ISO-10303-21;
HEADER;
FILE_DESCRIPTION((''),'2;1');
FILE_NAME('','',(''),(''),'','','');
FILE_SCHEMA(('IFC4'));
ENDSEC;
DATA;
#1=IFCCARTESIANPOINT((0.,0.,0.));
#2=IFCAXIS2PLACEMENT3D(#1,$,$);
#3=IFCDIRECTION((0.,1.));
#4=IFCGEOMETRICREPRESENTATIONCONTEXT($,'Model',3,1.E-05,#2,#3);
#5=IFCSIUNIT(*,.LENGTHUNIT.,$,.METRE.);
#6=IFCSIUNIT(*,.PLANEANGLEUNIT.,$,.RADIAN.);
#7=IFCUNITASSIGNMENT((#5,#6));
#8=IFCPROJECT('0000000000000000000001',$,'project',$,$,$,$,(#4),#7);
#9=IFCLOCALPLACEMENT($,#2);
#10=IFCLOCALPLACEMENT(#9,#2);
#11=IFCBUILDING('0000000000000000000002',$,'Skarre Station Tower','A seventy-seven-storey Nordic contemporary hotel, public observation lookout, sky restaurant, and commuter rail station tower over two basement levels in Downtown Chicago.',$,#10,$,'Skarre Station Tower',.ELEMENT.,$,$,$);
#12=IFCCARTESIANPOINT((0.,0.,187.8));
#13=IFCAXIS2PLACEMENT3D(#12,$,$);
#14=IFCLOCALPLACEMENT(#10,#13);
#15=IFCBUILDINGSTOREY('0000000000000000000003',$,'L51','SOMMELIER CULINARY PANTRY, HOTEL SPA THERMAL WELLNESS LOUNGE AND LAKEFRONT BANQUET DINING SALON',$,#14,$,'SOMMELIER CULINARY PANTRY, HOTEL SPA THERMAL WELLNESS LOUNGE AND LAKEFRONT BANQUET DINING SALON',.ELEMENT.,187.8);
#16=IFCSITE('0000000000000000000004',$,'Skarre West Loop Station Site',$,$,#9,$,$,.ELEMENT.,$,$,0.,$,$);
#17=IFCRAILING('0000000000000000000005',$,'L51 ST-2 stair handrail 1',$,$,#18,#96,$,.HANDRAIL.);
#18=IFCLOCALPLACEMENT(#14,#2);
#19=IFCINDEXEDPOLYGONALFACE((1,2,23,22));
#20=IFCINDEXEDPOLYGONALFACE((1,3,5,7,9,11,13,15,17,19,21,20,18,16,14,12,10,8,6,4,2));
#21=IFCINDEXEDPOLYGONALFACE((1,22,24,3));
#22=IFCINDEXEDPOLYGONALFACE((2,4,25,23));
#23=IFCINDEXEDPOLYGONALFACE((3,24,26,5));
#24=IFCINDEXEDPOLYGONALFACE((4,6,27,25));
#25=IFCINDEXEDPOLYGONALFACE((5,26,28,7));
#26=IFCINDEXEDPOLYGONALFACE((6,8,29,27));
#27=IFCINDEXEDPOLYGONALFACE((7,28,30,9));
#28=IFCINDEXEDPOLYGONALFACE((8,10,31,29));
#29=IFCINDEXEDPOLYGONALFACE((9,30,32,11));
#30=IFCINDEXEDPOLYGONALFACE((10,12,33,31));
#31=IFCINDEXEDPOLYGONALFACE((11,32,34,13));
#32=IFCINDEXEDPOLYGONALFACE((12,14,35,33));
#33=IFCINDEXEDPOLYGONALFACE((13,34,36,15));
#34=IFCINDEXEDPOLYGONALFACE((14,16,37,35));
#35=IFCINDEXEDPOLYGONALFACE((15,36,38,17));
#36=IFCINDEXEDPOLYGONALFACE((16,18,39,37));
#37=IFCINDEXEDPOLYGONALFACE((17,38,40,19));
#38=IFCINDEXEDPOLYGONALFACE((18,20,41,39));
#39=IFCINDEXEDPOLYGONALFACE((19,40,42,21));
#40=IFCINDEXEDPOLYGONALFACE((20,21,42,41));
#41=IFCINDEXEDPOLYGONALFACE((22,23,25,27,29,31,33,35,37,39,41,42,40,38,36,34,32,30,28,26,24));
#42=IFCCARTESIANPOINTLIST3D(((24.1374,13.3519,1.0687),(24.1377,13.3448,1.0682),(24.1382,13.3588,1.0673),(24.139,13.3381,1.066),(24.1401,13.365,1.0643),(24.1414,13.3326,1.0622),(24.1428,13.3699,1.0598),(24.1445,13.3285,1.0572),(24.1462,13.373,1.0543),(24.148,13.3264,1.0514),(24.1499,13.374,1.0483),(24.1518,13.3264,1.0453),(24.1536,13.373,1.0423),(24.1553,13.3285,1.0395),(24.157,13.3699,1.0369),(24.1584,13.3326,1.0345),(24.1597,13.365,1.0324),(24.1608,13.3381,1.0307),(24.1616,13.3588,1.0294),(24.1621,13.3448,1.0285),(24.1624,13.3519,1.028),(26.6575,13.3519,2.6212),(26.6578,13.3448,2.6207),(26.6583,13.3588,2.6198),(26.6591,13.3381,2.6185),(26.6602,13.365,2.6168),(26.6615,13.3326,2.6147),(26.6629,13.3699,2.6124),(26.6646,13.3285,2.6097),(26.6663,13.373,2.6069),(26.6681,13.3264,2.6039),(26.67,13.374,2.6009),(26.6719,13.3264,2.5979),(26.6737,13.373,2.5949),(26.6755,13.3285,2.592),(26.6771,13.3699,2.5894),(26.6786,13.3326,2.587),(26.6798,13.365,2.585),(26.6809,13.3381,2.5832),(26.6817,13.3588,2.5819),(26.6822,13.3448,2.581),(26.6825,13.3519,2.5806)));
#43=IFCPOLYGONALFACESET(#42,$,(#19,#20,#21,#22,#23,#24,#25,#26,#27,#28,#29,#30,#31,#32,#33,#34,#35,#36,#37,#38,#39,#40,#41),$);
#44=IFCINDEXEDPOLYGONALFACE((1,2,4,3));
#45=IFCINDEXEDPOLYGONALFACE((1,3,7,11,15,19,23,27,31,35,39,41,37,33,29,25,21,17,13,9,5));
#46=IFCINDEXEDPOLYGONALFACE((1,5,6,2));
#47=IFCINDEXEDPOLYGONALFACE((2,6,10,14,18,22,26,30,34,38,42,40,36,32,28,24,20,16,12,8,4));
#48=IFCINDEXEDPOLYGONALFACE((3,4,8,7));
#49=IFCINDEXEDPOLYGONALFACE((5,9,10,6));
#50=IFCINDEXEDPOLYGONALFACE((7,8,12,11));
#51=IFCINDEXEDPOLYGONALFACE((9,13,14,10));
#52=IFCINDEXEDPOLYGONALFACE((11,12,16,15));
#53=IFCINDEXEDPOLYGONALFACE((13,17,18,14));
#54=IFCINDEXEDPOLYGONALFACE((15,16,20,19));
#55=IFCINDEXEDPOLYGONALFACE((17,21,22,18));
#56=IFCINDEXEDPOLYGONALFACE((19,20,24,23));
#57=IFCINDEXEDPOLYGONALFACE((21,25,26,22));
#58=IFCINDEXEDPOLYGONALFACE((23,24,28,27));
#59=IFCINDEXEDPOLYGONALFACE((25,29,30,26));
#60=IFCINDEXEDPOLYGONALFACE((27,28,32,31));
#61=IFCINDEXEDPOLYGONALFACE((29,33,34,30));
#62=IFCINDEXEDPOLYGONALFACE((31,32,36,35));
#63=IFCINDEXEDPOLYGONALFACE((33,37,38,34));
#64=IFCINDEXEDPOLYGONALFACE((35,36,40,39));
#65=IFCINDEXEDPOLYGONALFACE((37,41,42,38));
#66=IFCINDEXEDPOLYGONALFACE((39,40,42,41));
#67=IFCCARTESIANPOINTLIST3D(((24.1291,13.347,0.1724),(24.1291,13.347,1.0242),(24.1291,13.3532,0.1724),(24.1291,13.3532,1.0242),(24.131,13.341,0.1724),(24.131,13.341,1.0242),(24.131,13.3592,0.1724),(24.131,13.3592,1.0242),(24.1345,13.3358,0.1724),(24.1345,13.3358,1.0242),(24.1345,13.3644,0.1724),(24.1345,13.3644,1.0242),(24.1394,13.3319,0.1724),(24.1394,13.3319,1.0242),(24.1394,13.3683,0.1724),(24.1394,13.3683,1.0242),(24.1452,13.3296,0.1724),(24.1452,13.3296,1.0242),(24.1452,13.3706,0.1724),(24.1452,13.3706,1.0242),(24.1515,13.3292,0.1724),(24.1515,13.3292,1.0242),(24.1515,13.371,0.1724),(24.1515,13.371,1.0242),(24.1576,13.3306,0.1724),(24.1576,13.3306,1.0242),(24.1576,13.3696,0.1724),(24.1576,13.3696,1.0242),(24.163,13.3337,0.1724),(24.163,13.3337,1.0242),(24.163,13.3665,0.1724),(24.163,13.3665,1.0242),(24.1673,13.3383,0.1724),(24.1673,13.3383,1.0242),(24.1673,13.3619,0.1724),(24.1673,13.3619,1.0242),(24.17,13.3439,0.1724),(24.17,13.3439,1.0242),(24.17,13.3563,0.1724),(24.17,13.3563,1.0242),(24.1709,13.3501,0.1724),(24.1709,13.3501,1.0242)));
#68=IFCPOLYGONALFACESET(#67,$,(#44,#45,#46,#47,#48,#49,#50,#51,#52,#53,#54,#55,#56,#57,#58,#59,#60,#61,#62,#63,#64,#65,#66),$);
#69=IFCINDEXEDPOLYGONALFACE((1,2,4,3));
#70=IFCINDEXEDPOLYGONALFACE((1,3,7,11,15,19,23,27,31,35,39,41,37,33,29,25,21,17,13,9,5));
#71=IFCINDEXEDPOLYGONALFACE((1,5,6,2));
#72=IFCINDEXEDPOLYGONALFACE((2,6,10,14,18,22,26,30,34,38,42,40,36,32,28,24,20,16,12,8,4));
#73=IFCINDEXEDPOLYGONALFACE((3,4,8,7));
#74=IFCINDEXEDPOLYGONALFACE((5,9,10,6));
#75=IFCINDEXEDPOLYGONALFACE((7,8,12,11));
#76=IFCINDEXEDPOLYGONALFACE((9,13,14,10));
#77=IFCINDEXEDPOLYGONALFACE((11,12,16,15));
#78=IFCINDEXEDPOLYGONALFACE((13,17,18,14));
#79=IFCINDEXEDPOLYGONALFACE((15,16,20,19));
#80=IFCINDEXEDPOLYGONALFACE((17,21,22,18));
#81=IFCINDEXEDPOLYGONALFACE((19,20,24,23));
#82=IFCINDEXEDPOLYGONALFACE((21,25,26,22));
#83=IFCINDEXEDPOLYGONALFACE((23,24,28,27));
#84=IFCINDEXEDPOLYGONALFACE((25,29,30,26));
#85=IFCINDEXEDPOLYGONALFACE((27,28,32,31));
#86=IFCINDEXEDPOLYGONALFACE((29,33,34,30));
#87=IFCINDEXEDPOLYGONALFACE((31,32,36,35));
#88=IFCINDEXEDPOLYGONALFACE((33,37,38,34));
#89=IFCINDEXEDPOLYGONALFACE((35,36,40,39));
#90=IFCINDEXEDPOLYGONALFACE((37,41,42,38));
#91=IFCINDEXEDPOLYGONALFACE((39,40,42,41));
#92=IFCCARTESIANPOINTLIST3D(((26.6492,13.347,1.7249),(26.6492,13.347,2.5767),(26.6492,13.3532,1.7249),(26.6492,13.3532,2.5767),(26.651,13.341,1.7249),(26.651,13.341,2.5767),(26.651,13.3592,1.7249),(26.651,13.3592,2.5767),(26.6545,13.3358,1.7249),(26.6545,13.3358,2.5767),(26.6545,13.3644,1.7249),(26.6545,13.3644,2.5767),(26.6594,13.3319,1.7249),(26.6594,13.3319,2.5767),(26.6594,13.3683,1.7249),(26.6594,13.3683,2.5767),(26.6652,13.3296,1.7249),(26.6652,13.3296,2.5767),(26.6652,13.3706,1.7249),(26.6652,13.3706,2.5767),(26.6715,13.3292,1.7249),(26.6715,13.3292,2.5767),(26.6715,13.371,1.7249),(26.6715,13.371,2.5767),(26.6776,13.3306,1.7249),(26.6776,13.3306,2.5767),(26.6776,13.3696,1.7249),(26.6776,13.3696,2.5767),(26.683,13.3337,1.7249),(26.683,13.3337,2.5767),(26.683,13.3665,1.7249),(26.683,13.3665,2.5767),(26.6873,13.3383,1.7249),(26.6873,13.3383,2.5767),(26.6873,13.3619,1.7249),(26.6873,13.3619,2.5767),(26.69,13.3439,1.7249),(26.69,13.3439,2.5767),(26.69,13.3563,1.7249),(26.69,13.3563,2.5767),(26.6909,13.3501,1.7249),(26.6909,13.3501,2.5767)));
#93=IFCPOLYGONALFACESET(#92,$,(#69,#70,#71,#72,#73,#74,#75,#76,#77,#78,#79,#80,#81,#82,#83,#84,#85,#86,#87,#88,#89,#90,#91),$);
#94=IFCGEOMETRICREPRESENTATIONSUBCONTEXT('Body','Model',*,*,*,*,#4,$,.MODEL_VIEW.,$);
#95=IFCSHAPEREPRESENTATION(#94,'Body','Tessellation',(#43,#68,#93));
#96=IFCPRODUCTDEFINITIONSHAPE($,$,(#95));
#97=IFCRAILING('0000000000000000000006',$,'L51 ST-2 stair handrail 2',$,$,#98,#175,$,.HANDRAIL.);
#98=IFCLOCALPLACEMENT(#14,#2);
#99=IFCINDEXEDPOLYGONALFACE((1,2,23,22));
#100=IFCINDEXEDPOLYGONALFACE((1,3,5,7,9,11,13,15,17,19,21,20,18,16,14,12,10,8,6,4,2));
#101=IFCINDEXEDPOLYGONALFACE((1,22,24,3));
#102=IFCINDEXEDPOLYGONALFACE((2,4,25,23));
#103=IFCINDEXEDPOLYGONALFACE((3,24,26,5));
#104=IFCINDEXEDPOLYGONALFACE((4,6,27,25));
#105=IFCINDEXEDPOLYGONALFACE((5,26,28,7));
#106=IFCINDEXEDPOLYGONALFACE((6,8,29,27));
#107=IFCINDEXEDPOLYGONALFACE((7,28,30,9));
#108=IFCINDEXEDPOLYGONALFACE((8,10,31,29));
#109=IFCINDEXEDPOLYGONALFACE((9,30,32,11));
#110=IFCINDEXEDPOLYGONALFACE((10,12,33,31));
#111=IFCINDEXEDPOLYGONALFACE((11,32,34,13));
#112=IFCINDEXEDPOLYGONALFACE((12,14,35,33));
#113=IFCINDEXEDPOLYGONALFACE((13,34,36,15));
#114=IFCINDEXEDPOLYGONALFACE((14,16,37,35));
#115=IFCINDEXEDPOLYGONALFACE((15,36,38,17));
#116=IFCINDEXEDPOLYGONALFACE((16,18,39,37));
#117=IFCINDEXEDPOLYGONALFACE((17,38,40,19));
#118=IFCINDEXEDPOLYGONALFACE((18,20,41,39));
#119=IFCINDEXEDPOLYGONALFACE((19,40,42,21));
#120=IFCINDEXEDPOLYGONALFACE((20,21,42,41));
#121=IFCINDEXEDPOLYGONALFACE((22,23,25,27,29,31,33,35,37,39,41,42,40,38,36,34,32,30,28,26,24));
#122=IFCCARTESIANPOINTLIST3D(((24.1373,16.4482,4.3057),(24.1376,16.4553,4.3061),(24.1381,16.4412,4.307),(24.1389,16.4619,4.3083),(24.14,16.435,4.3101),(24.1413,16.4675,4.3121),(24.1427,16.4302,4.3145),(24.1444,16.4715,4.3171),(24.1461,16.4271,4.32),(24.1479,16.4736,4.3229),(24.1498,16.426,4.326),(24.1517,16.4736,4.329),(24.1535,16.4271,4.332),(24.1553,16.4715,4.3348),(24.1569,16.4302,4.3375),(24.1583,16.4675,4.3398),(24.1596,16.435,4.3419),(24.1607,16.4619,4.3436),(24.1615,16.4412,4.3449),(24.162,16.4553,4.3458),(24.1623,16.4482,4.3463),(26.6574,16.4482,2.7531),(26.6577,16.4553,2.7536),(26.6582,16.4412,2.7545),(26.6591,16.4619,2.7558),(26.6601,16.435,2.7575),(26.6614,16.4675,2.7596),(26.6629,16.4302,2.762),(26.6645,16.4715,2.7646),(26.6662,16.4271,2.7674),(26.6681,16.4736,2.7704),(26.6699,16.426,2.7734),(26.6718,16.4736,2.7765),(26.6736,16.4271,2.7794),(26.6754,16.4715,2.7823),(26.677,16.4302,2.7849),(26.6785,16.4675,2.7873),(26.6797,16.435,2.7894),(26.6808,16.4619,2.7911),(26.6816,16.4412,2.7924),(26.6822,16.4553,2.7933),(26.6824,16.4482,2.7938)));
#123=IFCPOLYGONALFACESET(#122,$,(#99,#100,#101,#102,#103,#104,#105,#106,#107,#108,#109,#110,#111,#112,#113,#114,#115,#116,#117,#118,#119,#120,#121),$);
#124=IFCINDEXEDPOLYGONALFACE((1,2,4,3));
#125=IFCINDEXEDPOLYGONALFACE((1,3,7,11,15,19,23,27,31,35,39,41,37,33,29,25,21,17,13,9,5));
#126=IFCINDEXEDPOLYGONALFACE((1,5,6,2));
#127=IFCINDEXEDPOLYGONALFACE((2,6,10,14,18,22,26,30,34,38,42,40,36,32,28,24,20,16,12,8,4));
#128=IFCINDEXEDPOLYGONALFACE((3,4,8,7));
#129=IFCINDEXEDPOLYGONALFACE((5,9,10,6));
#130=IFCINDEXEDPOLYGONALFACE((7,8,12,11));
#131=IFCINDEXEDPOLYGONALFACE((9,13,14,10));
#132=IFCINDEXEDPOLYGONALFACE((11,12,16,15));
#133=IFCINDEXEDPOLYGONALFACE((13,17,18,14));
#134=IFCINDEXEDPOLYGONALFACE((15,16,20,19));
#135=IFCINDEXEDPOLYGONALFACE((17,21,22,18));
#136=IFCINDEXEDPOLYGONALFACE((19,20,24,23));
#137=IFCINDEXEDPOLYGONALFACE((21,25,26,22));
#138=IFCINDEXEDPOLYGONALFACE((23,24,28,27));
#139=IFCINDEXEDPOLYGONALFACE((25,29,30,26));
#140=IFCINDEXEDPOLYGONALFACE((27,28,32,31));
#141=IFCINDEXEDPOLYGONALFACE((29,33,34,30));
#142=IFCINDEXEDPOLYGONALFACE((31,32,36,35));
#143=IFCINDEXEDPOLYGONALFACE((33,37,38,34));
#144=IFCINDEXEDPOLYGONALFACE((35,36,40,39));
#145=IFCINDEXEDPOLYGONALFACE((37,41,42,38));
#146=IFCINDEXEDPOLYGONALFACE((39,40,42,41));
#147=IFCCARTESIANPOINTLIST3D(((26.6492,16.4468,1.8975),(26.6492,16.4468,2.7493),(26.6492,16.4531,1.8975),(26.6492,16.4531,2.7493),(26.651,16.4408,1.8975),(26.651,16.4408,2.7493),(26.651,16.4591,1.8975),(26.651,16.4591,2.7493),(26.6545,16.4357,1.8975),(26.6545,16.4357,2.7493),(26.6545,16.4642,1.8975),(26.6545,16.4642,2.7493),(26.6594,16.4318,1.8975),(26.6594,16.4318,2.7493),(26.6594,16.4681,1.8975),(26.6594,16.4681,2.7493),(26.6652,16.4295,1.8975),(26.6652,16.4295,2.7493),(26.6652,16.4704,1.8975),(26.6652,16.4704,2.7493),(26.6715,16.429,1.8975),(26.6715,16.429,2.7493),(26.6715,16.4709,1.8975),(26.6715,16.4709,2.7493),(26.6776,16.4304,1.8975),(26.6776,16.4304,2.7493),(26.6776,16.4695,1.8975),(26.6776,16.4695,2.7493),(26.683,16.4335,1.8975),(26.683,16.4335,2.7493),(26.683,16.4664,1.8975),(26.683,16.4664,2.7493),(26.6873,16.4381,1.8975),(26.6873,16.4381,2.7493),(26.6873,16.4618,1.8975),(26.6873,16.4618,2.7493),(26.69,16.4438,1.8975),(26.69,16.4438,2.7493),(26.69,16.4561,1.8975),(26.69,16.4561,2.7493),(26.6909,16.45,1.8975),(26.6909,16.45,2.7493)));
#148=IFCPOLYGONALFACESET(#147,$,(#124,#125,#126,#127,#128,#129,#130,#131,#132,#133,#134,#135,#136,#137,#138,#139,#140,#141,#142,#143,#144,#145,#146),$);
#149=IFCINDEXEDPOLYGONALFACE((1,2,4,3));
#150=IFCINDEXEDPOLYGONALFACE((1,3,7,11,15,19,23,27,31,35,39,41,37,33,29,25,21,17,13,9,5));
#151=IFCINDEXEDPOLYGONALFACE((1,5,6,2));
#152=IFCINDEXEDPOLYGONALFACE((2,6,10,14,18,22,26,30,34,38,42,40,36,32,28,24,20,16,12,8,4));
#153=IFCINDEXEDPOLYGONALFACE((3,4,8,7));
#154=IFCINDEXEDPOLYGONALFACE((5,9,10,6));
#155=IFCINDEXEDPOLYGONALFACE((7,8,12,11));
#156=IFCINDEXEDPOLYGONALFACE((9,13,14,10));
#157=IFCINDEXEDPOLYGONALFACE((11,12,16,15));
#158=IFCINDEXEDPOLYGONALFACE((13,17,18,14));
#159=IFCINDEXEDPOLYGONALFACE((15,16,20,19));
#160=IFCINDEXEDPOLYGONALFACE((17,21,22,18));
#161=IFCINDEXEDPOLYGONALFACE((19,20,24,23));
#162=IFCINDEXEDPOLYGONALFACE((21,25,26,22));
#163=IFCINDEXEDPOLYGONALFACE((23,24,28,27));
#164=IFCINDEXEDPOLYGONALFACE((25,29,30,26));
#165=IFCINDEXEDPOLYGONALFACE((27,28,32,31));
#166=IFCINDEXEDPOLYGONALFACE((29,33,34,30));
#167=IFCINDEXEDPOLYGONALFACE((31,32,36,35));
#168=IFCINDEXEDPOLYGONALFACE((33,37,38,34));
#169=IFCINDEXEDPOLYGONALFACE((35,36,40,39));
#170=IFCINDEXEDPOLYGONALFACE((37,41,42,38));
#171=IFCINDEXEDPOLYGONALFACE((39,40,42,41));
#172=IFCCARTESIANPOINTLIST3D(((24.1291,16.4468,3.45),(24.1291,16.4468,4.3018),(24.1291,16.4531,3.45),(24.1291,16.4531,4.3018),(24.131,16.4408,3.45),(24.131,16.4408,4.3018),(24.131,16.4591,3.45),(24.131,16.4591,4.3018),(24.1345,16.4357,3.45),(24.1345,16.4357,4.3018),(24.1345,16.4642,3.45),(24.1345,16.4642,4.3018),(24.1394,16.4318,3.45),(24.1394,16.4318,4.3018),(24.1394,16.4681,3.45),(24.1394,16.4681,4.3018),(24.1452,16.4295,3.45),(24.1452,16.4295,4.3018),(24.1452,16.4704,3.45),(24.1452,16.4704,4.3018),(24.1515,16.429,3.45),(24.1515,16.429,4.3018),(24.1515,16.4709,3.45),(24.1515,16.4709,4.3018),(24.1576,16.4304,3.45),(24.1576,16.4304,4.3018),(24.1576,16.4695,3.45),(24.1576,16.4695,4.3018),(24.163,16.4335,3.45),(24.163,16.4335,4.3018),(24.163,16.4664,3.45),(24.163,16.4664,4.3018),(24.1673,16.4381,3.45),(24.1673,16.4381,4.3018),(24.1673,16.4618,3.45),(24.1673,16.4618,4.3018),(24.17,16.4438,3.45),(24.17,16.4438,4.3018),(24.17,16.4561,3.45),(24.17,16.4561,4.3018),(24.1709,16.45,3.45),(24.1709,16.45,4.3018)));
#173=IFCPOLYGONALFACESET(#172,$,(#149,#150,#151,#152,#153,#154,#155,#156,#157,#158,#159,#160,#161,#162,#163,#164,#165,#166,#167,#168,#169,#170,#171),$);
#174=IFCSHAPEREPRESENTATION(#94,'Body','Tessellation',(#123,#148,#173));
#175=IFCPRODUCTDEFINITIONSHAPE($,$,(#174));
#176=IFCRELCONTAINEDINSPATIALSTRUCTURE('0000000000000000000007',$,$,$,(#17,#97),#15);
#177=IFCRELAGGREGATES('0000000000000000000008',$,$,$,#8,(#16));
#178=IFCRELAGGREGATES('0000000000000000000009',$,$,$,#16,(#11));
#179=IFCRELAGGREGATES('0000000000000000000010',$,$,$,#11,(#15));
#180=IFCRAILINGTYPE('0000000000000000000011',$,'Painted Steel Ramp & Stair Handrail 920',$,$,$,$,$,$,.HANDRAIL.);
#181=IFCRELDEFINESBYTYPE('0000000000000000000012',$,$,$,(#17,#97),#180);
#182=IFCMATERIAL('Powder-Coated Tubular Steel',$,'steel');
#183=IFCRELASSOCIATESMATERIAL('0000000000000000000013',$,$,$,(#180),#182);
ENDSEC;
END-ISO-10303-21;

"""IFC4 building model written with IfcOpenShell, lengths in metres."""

from ifc_helpers import new_model, si_unit, direction, frame, origin, origin_2d, place, context, subcontext, project, spatial, circle, extrude, material, type_object, element, save


model = new_model("IFC4")

# Units and contexts
model_context = context("Model", 3, precision=1e-05, world=origin(), true_north=direction((0.0, 1.0)))
body_context = subcontext(model_context, "Body", "Model", "MODEL_VIEW")
ifc_project = project(units=[si_unit("LENGTHUNIT", "METRE"), si_unit("PLANEANGLEUNIT", "RADIAN")], contexts=[model_context])

# Site, building, storey
site_placement = place(None, origin())
site = spatial("IfcSite", under=ifc_project, at=site_placement, Name="Skarre West Loop Station Site", CompositionType="ELEMENT", RefElevation=0.0)
building_placement = place(site_placement, origin())
building = spatial("IfcBuilding", under=site, at=building_placement, Name="Skarre Station Tower", Description="A seventy-seven-storey Nordic contemporary hotel, public observation lookout, sky restaurant, and commuter rail station tower over two basement levels in Downtown Chicago.", LongName="Skarre Station Tower", CompositionType="ELEMENT")
storey_placement = place(building_placement, frame((0.0, 0.0, 187.8)))
storey = spatial("IfcBuildingStorey", under=building, at=storey_placement, Name="L51", Description="SOMMELIER CULINARY PANTRY, HOTEL SPA THERMAL WELLNESS LOUNGE AND LAKEFRONT BANQUET DINING SALON", LongName="SOMMELIER CULINARY PANTRY, HOTEL SPA THERMAL WELLNESS LOUNGE AND LAKEFRONT BANQUET DINING SALON", CompositionType="ELEMENT", Elevation=187.8)

# Railings
ifc_material_1 = material(Name="Powder-Coated Tubular Steel", Category="steel")
railing_type_1 = type_object("IfcRailingType", Name="Painted Steel Ramp & Stair Handrail 920", PredefinedType="HANDRAIL", material=ifc_material_1)
railing_1_placement = place(storey_placement, frame((24.1499, 13.3501, 0.1724)))
element("IfcRailing", 1, at=railing_1_placement, inside=storey, type_object=railing_type_1, Name="L51 ST-2 stair handrail 1", PredefinedType="HANDRAIL", context=body_context, shape_type="SweptSolid", body=[
    extrude(circle(Radius=0.0239, at=origin_2d()), frame((0.0, 0.0, 0.876), z_axis=(0.8514, 0.0, 0.524516), x_axis=(0.0, 1.0, 0.0)), (0.0, 0.0, 1.0), 2.96),
    extrude(circle(Radius=0.021, at=origin_2d()), origin(), (0.0, 0.0, 1.0), 0.8518),
    extrude(circle(Radius=0.021, at=origin_2d()), frame((2.52, 0.0, 1.5525)), (0.0, 0.0, 1.0), 0.8518),
])
railing_2_placement = place(storey_placement, frame((26.6699, 16.45, 1.8975)))
element("IfcRailing", 2, at=railing_2_placement, inside=storey, type_object=railing_type_1, Name="L51 ST-2 stair handrail 2", PredefinedType="HANDRAIL", context=body_context, shape_type="SweptSolid", body=[
    extrude(circle(Radius=0.0239, at=origin_2d()), frame((0.0, 0.0, 0.876), z_axis=(-0.8514, 0.0, 0.524516), x_axis=(0.0, -1.0, 0.0)), (0.0, 0.0, 1.0), 2.96),
    extrude(circle(Radius=0.021, at=origin_2d()), origin(), (0.0, 0.0, 1.0), 0.8518),
    extrude(circle(Radius=0.021, at=origin_2d()), frame((-2.52, 0.0, 1.5525)), (0.0, 0.0, 1.0), 0.8518),
])

save(model, "model.ifc")
